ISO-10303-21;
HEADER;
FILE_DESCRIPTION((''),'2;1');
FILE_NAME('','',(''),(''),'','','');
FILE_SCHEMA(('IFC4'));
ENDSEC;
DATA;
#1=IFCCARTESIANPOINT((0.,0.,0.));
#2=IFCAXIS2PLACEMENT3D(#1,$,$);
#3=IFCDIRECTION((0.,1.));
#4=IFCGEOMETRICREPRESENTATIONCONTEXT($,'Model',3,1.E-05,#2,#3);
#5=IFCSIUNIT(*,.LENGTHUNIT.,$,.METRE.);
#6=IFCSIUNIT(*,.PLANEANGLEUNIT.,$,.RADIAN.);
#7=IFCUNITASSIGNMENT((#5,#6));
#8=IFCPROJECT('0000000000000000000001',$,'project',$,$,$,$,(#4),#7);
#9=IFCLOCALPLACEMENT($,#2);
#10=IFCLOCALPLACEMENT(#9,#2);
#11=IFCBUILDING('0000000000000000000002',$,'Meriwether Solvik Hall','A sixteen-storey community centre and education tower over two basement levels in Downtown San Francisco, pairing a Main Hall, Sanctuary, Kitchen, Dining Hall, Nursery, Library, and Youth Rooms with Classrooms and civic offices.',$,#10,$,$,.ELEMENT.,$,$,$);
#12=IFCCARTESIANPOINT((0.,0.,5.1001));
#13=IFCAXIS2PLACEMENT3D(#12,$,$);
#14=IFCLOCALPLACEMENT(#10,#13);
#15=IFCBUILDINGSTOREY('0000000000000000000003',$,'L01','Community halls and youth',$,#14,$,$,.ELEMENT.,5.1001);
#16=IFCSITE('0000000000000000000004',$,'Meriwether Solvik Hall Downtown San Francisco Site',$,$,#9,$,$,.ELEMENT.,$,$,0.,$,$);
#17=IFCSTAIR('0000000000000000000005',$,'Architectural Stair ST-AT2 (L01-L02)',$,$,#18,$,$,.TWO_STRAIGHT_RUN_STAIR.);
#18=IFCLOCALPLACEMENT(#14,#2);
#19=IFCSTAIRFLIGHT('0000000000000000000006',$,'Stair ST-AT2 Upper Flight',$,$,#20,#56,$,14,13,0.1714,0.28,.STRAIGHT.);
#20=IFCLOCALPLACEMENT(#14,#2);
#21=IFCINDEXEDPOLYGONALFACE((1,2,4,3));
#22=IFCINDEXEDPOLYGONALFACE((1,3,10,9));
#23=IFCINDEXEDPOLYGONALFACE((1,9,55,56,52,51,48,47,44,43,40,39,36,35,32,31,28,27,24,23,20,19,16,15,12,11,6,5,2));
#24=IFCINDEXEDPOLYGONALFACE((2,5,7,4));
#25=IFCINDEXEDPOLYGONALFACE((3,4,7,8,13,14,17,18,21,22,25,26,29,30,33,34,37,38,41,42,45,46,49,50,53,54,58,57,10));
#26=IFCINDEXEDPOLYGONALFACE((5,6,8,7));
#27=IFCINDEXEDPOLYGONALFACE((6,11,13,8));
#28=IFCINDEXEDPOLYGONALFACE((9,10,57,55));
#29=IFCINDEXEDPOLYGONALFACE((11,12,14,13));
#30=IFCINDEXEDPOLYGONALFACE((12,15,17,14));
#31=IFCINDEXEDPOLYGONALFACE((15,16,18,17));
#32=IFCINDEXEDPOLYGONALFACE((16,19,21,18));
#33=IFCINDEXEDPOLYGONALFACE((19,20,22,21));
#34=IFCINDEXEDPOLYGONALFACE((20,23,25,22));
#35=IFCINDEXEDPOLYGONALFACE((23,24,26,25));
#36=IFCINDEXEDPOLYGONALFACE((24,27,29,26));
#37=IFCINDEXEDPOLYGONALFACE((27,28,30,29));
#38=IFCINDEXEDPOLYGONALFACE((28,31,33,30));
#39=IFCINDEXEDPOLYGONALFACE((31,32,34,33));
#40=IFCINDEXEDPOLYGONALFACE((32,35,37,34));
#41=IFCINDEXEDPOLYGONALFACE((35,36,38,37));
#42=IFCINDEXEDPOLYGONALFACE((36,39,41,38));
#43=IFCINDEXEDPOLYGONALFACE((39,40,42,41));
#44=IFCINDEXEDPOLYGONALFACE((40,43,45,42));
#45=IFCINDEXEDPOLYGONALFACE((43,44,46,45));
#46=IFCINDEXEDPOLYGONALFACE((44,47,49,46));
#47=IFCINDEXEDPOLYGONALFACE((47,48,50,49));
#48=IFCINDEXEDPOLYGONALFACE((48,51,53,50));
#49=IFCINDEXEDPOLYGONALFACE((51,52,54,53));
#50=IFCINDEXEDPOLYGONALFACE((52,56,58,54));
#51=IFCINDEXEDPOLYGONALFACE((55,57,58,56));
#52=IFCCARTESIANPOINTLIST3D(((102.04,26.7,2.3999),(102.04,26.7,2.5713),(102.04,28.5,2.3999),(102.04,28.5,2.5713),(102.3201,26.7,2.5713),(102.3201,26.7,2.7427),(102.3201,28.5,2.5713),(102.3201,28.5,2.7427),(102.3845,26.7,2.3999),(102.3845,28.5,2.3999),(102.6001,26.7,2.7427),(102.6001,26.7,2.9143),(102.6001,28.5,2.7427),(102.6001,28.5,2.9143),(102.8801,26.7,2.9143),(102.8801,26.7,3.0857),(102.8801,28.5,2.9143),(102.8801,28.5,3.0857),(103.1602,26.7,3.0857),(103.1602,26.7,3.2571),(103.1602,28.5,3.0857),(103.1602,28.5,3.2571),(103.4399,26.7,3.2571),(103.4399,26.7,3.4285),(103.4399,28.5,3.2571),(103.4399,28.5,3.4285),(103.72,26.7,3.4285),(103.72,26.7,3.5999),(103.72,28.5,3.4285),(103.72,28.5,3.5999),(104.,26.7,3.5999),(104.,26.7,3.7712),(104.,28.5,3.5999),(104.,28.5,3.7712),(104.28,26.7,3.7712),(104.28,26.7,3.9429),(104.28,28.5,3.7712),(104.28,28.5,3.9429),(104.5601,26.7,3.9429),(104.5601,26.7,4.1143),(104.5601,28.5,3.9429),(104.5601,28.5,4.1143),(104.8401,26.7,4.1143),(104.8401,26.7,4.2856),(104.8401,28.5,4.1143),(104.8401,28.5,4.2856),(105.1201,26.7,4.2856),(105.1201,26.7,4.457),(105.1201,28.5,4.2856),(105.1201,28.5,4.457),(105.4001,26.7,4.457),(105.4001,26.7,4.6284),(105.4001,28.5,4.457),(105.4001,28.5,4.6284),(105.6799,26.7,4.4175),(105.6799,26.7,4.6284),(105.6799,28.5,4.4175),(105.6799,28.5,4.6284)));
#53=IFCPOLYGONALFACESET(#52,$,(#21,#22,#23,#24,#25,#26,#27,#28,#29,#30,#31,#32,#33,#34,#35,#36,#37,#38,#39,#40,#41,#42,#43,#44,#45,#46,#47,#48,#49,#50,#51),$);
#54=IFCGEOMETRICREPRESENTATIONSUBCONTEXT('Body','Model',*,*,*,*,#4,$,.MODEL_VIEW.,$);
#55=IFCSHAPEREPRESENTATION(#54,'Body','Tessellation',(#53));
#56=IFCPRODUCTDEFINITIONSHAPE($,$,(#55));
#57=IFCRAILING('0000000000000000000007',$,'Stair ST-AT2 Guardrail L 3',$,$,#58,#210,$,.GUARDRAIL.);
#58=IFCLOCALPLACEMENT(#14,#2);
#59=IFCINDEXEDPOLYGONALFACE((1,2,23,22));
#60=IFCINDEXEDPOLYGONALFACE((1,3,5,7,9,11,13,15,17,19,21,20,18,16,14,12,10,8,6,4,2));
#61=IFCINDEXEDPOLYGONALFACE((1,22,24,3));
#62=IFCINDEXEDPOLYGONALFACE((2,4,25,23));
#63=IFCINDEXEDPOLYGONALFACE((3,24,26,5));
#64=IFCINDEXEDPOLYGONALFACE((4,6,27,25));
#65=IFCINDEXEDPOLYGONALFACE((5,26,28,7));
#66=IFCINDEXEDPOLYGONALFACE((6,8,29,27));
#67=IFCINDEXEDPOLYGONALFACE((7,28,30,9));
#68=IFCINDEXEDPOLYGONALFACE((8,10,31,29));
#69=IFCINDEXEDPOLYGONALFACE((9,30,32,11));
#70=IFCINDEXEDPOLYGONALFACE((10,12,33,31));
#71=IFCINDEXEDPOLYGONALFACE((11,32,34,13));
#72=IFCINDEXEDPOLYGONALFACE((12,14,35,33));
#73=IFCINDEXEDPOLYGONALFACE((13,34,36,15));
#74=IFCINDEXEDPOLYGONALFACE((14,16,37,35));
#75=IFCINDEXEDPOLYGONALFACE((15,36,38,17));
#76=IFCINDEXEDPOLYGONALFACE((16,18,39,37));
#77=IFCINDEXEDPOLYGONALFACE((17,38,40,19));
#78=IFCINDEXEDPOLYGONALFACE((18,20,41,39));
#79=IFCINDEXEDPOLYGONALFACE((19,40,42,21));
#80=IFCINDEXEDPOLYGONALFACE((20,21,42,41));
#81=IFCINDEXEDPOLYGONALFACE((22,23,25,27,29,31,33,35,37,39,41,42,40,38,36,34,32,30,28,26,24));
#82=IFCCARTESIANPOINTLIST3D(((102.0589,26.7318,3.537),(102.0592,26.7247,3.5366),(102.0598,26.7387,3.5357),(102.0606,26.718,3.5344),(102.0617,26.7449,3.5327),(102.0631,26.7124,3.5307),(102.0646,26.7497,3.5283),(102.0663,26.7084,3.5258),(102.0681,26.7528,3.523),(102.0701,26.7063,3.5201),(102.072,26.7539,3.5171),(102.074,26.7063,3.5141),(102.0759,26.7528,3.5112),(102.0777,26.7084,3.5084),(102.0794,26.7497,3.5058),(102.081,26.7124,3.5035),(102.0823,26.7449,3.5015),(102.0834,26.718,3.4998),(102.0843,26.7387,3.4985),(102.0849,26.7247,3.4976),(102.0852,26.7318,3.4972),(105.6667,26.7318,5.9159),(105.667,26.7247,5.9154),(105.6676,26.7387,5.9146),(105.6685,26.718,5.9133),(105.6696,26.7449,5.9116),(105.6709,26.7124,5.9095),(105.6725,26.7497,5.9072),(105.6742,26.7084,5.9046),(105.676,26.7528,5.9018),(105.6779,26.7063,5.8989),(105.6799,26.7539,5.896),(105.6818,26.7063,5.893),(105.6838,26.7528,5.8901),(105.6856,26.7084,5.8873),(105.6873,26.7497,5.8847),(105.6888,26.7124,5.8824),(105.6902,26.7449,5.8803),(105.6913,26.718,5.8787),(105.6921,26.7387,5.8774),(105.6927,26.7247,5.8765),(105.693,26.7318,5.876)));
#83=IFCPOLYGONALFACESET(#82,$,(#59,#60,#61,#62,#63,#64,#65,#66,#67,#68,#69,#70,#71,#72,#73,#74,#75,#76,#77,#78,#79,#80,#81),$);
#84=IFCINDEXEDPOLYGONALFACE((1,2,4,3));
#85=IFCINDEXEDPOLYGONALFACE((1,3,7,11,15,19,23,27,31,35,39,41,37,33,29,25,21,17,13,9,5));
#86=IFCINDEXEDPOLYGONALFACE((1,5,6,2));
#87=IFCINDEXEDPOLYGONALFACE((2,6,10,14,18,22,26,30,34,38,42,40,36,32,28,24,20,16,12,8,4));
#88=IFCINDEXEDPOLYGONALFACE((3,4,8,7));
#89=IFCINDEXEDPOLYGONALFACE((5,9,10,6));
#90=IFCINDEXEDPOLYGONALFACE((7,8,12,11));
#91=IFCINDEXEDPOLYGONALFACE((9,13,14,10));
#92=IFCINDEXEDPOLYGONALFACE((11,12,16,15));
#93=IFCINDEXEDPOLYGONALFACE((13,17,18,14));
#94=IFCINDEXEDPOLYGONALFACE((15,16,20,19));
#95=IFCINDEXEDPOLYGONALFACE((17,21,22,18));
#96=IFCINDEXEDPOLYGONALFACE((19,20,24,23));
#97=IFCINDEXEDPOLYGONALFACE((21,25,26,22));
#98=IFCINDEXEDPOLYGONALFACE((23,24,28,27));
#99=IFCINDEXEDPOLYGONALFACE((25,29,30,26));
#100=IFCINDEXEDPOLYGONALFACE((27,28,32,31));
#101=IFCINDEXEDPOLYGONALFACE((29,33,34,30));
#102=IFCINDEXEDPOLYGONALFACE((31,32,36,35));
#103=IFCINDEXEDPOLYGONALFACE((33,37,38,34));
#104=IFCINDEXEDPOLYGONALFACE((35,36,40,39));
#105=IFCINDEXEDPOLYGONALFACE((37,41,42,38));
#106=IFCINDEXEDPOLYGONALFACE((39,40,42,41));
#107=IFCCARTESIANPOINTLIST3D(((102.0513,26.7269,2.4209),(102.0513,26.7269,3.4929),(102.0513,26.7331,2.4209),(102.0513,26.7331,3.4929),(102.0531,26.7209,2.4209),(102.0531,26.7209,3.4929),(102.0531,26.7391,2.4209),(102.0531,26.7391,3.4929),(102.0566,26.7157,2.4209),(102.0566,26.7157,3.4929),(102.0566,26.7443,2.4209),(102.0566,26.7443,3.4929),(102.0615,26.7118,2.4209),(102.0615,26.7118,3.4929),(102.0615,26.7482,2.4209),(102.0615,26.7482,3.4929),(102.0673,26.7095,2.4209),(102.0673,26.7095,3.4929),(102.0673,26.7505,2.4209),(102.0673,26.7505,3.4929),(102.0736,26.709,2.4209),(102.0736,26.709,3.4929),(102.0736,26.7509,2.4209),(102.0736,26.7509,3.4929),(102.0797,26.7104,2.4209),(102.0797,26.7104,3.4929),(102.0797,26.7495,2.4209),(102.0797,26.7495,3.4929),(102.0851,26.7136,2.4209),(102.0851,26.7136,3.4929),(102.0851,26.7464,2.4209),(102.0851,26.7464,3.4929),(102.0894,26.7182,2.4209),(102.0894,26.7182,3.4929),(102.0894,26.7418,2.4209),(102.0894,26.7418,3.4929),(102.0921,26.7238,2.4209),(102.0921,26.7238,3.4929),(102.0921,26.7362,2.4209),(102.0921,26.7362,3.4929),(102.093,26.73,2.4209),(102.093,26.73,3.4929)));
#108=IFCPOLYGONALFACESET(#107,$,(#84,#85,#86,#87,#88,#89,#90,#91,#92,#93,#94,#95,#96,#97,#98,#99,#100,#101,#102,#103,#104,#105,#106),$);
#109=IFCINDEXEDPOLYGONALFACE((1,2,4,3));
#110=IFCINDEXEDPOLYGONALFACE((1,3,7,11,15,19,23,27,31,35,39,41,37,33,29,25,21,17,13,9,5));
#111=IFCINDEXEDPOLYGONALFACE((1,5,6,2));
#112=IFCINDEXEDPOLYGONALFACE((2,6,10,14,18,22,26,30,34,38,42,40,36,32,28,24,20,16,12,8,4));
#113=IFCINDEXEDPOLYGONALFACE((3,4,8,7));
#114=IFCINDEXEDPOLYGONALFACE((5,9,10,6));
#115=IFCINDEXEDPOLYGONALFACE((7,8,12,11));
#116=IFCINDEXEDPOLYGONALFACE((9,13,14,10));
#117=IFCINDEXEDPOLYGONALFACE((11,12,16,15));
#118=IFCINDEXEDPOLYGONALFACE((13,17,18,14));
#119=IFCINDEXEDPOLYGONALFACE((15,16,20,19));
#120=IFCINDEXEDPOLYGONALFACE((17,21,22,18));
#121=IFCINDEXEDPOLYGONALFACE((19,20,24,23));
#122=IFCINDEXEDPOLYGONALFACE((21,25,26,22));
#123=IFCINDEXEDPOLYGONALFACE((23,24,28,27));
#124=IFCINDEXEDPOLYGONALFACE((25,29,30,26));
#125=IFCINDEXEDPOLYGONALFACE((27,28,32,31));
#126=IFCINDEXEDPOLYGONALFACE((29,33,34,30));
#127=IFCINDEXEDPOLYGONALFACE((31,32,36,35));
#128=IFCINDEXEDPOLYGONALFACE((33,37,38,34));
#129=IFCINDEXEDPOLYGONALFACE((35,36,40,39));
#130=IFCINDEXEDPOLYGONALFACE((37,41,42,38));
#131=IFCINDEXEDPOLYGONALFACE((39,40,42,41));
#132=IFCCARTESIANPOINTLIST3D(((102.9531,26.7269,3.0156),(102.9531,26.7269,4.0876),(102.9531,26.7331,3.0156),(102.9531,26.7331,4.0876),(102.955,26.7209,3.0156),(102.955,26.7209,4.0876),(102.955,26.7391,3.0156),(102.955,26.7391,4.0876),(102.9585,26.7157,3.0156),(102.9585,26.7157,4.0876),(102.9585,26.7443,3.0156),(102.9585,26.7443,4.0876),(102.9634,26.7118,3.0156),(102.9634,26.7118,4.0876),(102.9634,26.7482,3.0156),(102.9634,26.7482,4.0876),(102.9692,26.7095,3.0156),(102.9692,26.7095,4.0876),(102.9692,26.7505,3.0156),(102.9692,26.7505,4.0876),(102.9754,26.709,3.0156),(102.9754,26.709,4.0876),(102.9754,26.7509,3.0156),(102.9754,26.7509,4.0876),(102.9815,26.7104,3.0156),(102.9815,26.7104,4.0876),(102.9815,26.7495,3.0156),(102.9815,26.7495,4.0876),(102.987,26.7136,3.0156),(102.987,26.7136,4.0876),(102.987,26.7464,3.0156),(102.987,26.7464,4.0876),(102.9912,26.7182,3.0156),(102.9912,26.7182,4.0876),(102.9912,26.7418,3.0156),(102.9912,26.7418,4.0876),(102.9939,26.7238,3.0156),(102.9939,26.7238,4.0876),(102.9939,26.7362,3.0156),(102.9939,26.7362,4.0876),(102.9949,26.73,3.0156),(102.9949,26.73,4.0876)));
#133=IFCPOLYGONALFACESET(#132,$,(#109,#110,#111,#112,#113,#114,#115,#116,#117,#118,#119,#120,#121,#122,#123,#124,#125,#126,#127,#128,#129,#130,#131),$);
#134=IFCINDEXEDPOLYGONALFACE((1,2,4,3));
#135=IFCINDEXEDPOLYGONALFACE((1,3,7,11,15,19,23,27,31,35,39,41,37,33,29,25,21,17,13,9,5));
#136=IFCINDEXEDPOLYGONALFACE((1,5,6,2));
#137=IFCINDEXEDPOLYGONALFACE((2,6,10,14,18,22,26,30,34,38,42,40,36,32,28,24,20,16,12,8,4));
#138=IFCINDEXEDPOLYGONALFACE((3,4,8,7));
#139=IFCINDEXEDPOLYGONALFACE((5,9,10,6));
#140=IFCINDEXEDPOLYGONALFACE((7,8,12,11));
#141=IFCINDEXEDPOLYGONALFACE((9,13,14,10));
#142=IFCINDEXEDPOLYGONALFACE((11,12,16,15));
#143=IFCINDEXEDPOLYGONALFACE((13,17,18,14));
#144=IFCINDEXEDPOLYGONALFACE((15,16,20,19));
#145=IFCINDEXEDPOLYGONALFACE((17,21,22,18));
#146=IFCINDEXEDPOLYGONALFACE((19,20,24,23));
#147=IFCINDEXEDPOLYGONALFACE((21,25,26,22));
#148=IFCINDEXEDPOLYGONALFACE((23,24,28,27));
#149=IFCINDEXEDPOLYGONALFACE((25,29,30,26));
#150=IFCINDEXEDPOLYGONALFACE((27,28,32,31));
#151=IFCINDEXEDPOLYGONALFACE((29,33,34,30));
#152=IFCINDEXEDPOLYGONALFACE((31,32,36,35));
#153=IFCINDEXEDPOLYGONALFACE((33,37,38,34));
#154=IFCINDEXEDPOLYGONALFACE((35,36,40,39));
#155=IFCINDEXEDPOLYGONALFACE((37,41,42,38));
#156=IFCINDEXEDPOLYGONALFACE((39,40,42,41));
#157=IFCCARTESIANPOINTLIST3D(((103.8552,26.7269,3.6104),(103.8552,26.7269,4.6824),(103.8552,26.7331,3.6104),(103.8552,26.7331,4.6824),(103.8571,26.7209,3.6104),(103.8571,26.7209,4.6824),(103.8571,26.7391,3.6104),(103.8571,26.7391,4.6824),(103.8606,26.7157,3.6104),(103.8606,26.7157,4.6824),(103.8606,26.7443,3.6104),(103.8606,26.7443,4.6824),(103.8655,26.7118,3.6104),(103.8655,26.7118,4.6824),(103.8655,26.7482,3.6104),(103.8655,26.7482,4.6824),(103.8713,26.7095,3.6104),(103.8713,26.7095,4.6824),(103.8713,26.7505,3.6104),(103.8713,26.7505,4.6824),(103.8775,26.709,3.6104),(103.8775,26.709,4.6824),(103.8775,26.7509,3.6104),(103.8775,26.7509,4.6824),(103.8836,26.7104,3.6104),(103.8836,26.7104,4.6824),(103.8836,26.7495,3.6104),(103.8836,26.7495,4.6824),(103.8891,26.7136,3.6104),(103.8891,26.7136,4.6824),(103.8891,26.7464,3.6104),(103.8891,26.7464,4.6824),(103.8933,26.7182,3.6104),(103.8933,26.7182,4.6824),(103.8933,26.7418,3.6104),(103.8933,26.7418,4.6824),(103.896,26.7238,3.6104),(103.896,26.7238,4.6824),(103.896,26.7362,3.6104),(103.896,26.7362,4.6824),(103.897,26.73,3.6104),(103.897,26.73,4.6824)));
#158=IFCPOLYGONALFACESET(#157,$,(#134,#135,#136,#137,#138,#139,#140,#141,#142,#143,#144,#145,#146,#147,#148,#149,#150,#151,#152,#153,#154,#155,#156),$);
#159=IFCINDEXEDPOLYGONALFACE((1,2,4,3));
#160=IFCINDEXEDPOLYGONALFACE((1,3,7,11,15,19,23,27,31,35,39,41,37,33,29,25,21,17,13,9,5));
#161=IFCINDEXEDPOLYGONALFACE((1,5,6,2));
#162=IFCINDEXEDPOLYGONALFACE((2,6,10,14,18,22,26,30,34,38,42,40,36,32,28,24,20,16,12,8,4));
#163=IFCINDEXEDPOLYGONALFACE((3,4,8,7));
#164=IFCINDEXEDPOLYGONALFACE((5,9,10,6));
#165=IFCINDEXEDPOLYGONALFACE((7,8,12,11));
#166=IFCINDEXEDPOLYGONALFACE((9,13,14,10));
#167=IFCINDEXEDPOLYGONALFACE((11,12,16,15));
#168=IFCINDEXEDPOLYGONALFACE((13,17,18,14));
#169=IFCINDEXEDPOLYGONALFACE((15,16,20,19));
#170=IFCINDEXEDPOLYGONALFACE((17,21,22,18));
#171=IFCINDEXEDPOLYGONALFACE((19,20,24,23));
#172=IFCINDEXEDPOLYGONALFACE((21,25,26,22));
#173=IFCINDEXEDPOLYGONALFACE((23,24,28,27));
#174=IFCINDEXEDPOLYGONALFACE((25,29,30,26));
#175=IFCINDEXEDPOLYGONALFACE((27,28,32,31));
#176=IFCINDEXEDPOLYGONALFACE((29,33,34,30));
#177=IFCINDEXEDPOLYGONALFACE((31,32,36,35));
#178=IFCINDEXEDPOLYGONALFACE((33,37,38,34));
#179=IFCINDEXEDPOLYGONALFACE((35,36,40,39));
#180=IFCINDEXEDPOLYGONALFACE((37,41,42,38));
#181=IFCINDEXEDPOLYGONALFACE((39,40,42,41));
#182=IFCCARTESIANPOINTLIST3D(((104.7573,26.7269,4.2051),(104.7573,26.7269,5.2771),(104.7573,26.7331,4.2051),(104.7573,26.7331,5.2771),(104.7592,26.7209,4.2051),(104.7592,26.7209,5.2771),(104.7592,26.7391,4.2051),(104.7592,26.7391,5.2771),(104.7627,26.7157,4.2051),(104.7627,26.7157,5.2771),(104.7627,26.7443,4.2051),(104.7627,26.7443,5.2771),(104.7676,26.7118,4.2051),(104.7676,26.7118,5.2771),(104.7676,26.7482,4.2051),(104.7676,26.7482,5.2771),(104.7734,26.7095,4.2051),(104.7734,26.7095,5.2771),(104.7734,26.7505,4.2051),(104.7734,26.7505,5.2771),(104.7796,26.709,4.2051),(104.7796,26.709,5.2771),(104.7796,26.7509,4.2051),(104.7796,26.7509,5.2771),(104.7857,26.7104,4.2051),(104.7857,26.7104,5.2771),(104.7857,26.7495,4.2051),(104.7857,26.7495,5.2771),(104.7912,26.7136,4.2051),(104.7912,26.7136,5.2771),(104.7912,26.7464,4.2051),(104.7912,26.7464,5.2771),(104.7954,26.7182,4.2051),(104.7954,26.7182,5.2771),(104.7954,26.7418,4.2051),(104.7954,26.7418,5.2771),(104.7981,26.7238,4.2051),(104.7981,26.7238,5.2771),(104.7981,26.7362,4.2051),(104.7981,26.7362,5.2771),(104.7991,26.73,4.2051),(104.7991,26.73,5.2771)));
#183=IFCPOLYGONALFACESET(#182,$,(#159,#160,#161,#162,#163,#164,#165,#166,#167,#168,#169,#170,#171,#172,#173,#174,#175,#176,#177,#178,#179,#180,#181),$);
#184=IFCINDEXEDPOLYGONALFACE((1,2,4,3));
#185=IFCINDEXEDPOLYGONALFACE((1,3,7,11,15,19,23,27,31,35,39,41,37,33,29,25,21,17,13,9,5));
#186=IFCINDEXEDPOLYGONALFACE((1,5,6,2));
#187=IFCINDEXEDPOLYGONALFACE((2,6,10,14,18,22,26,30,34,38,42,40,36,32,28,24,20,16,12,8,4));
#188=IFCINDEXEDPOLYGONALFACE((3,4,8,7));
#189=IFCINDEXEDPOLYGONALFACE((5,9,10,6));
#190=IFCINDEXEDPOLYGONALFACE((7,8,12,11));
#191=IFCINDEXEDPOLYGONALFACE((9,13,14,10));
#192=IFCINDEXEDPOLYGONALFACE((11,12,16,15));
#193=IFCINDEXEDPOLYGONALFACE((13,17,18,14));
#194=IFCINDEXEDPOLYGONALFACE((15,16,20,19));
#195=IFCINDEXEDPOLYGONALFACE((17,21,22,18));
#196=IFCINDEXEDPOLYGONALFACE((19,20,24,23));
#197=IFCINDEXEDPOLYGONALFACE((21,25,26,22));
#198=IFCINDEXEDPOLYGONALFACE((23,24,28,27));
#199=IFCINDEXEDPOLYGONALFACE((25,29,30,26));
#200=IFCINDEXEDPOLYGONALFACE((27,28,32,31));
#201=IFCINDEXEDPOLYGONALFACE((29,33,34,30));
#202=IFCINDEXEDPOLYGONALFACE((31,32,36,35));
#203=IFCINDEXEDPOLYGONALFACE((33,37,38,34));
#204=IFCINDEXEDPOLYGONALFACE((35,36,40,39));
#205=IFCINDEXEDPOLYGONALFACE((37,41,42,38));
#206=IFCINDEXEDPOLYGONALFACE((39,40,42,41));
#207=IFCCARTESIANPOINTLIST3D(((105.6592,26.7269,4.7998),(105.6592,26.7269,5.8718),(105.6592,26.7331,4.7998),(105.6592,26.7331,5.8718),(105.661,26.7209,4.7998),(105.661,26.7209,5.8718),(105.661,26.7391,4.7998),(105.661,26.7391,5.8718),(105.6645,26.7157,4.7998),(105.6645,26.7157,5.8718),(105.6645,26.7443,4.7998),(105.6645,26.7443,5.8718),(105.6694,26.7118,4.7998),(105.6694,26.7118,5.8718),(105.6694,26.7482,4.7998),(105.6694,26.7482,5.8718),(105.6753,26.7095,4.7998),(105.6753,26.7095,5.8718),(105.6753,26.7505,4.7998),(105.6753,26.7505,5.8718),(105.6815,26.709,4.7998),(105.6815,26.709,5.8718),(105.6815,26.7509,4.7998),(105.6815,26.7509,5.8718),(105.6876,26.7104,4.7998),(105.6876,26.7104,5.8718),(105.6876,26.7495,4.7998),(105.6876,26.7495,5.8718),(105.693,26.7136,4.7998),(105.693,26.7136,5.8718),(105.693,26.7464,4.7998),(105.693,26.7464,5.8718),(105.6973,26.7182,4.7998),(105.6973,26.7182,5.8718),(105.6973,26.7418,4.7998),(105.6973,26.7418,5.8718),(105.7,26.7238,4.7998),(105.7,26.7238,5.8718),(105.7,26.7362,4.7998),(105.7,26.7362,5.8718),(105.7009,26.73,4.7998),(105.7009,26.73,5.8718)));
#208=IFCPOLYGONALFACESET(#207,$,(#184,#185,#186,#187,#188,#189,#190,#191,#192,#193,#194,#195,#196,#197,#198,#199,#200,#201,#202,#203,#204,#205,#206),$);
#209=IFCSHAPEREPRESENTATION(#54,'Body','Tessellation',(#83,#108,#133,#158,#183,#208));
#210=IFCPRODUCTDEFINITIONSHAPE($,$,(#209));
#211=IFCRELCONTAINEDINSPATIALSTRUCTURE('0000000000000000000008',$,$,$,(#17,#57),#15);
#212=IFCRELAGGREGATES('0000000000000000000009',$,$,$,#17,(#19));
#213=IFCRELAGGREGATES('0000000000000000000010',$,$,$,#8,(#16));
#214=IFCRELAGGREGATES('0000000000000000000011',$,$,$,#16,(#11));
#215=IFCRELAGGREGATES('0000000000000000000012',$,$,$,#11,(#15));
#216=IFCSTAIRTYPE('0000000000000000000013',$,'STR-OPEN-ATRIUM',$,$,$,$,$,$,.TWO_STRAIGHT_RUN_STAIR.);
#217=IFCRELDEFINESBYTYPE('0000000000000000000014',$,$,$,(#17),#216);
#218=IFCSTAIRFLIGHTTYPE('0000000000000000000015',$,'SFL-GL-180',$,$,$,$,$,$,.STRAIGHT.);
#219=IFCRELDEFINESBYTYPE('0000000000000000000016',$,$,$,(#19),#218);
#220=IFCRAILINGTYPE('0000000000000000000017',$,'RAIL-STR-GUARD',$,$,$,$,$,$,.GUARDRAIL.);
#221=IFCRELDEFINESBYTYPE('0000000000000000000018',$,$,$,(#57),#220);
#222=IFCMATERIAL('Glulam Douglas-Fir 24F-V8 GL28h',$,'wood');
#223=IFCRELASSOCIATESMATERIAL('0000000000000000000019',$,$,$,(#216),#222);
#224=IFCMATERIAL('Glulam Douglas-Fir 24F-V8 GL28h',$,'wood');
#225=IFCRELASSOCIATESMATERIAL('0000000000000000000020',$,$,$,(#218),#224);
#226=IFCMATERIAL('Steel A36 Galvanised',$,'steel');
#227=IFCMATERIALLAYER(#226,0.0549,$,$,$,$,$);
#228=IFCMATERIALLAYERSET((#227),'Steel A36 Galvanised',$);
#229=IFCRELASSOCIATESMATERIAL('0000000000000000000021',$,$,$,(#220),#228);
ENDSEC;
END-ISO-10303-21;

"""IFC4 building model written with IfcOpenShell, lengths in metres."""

from ifc_helpers import new_model, si_unit, direction, frame, origin, origin_2d, place, context, subcontext, project, spatial, polyline, circle, outline, extrude, material, layer, layer_set, type_object, element, aggregate, save


model = new_model("IFC4")

# Units and contexts
model_context = context("Model", 3, precision=1e-05, world=origin(), true_north=direction((0.0, 1.0)))
body_context = subcontext(model_context, "Body", "Model", "MODEL_VIEW")
ifc_project = project(units=[si_unit("LENGTHUNIT", "METRE"), si_unit("PLANEANGLEUNIT", "RADIAN")], contexts=[model_context])

# Site, building, storey
site_placement = place(None, origin())
site = spatial("IfcSite", under=ifc_project, at=site_placement, Name="Meriwether Solvik Hall Downtown San Francisco Site", CompositionType="ELEMENT", RefElevation=0.0)
building_placement = place(site_placement, origin())
building = spatial("IfcBuilding", under=site, at=building_placement, Name="Meriwether Solvik Hall", Description="A sixteen-storey community centre and education tower over two basement levels in Downtown San Francisco, pairing a Main Hall, Sanctuary, Kitchen, Dining Hall, Nursery, Library, and Youth Rooms with Classrooms and civic offices.", CompositionType="ELEMENT")
storey_placement = place(building_placement, frame((0.0, 0.0, 5.1001)))
storey = spatial("IfcBuildingStorey", under=building, at=storey_placement, Name="L01", Description="Community halls and youth", CompositionType="ELEMENT", Elevation=5.1001)

# Stair, stair flight
ifc_material_1 = material(Name="Glulam Douglas-Fir 24F-V8 GL28h", Category="wood")
stair_type = type_object("IfcStairType", Name="STR-OPEN-ATRIUM", PredefinedType="TWO_STRAIGHT_RUN_STAIR", material=ifc_material_1)
stair_placement = place(storey_placement, origin())
stair = element("IfcStair", 1, at=stair_placement, inside=storey, type_object=stair_type, Name="Architectural Stair ST-AT2 (L01-L02)", PredefinedType="TWO_STRAIGHT_RUN_STAIR")
ifc_material_2 = material(Name="Glulam Douglas-Fir 24F-V8 GL28h", Category="wood")
stair_flight_type = type_object("IfcStairFlightType", Name="SFL-GL-180", PredefinedType="STRAIGHT", material=ifc_material_2)
stair_flight_placement = place(storey_placement, frame((102.04, 27.6001, 2.3999), z_axis=(0.0, 0.0, 1.0), x_axis=(1.0, 0.0, 0.0)))
stair_flight = element("IfcStairFlight", 2, at=stair_flight_placement, type_object=stair_flight_type, Name="Stair ST-AT2 Upper Flight", NumberOfRisers=14, NumberOfTreads=13, PredefinedType="STRAIGHT", RiserHeight=0.1714, TreadLength=0.28, context=body_context, shape_type="SweptSolid", body=[
    extrude(outline(polyline([(0.0, 0.0), (0.0, 0.1714), (0.28, 0.1714), (0.28, 0.3428), (0.5601, 0.3428), (0.5601, 0.5144), (0.8401, 0.5144), (0.8401, 0.6858), (1.1201, 0.6858), (1.1201, 0.8572), (1.3999, 0.8572), (1.3999, 1.0286), (1.6799, 1.0286), (1.6799, 1.2), (1.96, 1.2), (1.96, 1.3713), (2.24, 1.3713), (2.24, 1.543), (2.52, 1.543), (2.52, 1.7144), (2.8, 1.7144), (2.8, 1.8857), (3.0801, 1.8857), (3.0801, 2.0571), (3.3601, 2.0571), (3.3601, 2.2285), (3.6399, 2.2285), (3.6399, 2.3999), (3.6399, 2.0176), (0.3445, 0.0), (0.0, 0.0)])), frame((0.0, 0.8999, 0.0), z_axis=(0.0, -1.0, 0.0), x_axis=(1.0, 0.0, 0.0)), (0.0, 0.0, 1.0), 1.8),
])
aggregate(stair, [stair_flight])

# Railing
ifc_material_3 = material(Name="Steel A36 Galvanised", Category="steel")
ifc_layer_1 = layer(ifc_material_3, 0.0549)
ifc_layer_set_1 = layer_set([ifc_layer_1], Name="Steel A36 Galvanised")
railing_type_1 = type_object("IfcRailingType", Name="RAIL-STR-GUARD", PredefinedType="GUARDRAIL", material=ifc_layer_set_1)
railing_placement = place(storey_placement, frame((102.072, 26.73, 2.4209)))
element("IfcRailing", 3, at=railing_placement, inside=storey, type_object=railing_type_1, Name="Stair ST-AT2 Guardrail L 3", PredefinedType="GUARDRAIL", context=body_context, shape_type="SweptSolid", body=[
    extrude(circle(Radius=0.0239, at=origin_2d()), frame((0.0, 0.0, 1.0962), z_axis=(0.834856, 0.0, 0.550469), x_axis=(0.0, 1.0, 0.0)), (0.0, 0.0, 1.0), 4.3215),
    extrude(circle(Radius=0.021, at=origin_2d()), origin(), (0.0, 0.0, 1.0), 1.072),
    extrude(circle(Radius=0.021, at=origin_2d()), frame((0.9019, 0.0, 0.5947)), (0.0, 0.0, 1.0), 1.072),
    extrude(circle(Radius=0.021, at=origin_2d()), frame((1.804, 0.0, 1.1895)), (0.0, 0.0, 1.0), 1.072),
    extrude(circle(Radius=0.021, at=origin_2d()), frame((2.7061, 0.0, 1.7842)), (0.0, 0.0, 1.0), 1.072),
    extrude(circle(Radius=0.021, at=origin_2d()), frame((3.6079, 0.0, 2.3789)), (0.0, 0.0, 1.0), 1.072),
])

save(model, "model.ifc")
